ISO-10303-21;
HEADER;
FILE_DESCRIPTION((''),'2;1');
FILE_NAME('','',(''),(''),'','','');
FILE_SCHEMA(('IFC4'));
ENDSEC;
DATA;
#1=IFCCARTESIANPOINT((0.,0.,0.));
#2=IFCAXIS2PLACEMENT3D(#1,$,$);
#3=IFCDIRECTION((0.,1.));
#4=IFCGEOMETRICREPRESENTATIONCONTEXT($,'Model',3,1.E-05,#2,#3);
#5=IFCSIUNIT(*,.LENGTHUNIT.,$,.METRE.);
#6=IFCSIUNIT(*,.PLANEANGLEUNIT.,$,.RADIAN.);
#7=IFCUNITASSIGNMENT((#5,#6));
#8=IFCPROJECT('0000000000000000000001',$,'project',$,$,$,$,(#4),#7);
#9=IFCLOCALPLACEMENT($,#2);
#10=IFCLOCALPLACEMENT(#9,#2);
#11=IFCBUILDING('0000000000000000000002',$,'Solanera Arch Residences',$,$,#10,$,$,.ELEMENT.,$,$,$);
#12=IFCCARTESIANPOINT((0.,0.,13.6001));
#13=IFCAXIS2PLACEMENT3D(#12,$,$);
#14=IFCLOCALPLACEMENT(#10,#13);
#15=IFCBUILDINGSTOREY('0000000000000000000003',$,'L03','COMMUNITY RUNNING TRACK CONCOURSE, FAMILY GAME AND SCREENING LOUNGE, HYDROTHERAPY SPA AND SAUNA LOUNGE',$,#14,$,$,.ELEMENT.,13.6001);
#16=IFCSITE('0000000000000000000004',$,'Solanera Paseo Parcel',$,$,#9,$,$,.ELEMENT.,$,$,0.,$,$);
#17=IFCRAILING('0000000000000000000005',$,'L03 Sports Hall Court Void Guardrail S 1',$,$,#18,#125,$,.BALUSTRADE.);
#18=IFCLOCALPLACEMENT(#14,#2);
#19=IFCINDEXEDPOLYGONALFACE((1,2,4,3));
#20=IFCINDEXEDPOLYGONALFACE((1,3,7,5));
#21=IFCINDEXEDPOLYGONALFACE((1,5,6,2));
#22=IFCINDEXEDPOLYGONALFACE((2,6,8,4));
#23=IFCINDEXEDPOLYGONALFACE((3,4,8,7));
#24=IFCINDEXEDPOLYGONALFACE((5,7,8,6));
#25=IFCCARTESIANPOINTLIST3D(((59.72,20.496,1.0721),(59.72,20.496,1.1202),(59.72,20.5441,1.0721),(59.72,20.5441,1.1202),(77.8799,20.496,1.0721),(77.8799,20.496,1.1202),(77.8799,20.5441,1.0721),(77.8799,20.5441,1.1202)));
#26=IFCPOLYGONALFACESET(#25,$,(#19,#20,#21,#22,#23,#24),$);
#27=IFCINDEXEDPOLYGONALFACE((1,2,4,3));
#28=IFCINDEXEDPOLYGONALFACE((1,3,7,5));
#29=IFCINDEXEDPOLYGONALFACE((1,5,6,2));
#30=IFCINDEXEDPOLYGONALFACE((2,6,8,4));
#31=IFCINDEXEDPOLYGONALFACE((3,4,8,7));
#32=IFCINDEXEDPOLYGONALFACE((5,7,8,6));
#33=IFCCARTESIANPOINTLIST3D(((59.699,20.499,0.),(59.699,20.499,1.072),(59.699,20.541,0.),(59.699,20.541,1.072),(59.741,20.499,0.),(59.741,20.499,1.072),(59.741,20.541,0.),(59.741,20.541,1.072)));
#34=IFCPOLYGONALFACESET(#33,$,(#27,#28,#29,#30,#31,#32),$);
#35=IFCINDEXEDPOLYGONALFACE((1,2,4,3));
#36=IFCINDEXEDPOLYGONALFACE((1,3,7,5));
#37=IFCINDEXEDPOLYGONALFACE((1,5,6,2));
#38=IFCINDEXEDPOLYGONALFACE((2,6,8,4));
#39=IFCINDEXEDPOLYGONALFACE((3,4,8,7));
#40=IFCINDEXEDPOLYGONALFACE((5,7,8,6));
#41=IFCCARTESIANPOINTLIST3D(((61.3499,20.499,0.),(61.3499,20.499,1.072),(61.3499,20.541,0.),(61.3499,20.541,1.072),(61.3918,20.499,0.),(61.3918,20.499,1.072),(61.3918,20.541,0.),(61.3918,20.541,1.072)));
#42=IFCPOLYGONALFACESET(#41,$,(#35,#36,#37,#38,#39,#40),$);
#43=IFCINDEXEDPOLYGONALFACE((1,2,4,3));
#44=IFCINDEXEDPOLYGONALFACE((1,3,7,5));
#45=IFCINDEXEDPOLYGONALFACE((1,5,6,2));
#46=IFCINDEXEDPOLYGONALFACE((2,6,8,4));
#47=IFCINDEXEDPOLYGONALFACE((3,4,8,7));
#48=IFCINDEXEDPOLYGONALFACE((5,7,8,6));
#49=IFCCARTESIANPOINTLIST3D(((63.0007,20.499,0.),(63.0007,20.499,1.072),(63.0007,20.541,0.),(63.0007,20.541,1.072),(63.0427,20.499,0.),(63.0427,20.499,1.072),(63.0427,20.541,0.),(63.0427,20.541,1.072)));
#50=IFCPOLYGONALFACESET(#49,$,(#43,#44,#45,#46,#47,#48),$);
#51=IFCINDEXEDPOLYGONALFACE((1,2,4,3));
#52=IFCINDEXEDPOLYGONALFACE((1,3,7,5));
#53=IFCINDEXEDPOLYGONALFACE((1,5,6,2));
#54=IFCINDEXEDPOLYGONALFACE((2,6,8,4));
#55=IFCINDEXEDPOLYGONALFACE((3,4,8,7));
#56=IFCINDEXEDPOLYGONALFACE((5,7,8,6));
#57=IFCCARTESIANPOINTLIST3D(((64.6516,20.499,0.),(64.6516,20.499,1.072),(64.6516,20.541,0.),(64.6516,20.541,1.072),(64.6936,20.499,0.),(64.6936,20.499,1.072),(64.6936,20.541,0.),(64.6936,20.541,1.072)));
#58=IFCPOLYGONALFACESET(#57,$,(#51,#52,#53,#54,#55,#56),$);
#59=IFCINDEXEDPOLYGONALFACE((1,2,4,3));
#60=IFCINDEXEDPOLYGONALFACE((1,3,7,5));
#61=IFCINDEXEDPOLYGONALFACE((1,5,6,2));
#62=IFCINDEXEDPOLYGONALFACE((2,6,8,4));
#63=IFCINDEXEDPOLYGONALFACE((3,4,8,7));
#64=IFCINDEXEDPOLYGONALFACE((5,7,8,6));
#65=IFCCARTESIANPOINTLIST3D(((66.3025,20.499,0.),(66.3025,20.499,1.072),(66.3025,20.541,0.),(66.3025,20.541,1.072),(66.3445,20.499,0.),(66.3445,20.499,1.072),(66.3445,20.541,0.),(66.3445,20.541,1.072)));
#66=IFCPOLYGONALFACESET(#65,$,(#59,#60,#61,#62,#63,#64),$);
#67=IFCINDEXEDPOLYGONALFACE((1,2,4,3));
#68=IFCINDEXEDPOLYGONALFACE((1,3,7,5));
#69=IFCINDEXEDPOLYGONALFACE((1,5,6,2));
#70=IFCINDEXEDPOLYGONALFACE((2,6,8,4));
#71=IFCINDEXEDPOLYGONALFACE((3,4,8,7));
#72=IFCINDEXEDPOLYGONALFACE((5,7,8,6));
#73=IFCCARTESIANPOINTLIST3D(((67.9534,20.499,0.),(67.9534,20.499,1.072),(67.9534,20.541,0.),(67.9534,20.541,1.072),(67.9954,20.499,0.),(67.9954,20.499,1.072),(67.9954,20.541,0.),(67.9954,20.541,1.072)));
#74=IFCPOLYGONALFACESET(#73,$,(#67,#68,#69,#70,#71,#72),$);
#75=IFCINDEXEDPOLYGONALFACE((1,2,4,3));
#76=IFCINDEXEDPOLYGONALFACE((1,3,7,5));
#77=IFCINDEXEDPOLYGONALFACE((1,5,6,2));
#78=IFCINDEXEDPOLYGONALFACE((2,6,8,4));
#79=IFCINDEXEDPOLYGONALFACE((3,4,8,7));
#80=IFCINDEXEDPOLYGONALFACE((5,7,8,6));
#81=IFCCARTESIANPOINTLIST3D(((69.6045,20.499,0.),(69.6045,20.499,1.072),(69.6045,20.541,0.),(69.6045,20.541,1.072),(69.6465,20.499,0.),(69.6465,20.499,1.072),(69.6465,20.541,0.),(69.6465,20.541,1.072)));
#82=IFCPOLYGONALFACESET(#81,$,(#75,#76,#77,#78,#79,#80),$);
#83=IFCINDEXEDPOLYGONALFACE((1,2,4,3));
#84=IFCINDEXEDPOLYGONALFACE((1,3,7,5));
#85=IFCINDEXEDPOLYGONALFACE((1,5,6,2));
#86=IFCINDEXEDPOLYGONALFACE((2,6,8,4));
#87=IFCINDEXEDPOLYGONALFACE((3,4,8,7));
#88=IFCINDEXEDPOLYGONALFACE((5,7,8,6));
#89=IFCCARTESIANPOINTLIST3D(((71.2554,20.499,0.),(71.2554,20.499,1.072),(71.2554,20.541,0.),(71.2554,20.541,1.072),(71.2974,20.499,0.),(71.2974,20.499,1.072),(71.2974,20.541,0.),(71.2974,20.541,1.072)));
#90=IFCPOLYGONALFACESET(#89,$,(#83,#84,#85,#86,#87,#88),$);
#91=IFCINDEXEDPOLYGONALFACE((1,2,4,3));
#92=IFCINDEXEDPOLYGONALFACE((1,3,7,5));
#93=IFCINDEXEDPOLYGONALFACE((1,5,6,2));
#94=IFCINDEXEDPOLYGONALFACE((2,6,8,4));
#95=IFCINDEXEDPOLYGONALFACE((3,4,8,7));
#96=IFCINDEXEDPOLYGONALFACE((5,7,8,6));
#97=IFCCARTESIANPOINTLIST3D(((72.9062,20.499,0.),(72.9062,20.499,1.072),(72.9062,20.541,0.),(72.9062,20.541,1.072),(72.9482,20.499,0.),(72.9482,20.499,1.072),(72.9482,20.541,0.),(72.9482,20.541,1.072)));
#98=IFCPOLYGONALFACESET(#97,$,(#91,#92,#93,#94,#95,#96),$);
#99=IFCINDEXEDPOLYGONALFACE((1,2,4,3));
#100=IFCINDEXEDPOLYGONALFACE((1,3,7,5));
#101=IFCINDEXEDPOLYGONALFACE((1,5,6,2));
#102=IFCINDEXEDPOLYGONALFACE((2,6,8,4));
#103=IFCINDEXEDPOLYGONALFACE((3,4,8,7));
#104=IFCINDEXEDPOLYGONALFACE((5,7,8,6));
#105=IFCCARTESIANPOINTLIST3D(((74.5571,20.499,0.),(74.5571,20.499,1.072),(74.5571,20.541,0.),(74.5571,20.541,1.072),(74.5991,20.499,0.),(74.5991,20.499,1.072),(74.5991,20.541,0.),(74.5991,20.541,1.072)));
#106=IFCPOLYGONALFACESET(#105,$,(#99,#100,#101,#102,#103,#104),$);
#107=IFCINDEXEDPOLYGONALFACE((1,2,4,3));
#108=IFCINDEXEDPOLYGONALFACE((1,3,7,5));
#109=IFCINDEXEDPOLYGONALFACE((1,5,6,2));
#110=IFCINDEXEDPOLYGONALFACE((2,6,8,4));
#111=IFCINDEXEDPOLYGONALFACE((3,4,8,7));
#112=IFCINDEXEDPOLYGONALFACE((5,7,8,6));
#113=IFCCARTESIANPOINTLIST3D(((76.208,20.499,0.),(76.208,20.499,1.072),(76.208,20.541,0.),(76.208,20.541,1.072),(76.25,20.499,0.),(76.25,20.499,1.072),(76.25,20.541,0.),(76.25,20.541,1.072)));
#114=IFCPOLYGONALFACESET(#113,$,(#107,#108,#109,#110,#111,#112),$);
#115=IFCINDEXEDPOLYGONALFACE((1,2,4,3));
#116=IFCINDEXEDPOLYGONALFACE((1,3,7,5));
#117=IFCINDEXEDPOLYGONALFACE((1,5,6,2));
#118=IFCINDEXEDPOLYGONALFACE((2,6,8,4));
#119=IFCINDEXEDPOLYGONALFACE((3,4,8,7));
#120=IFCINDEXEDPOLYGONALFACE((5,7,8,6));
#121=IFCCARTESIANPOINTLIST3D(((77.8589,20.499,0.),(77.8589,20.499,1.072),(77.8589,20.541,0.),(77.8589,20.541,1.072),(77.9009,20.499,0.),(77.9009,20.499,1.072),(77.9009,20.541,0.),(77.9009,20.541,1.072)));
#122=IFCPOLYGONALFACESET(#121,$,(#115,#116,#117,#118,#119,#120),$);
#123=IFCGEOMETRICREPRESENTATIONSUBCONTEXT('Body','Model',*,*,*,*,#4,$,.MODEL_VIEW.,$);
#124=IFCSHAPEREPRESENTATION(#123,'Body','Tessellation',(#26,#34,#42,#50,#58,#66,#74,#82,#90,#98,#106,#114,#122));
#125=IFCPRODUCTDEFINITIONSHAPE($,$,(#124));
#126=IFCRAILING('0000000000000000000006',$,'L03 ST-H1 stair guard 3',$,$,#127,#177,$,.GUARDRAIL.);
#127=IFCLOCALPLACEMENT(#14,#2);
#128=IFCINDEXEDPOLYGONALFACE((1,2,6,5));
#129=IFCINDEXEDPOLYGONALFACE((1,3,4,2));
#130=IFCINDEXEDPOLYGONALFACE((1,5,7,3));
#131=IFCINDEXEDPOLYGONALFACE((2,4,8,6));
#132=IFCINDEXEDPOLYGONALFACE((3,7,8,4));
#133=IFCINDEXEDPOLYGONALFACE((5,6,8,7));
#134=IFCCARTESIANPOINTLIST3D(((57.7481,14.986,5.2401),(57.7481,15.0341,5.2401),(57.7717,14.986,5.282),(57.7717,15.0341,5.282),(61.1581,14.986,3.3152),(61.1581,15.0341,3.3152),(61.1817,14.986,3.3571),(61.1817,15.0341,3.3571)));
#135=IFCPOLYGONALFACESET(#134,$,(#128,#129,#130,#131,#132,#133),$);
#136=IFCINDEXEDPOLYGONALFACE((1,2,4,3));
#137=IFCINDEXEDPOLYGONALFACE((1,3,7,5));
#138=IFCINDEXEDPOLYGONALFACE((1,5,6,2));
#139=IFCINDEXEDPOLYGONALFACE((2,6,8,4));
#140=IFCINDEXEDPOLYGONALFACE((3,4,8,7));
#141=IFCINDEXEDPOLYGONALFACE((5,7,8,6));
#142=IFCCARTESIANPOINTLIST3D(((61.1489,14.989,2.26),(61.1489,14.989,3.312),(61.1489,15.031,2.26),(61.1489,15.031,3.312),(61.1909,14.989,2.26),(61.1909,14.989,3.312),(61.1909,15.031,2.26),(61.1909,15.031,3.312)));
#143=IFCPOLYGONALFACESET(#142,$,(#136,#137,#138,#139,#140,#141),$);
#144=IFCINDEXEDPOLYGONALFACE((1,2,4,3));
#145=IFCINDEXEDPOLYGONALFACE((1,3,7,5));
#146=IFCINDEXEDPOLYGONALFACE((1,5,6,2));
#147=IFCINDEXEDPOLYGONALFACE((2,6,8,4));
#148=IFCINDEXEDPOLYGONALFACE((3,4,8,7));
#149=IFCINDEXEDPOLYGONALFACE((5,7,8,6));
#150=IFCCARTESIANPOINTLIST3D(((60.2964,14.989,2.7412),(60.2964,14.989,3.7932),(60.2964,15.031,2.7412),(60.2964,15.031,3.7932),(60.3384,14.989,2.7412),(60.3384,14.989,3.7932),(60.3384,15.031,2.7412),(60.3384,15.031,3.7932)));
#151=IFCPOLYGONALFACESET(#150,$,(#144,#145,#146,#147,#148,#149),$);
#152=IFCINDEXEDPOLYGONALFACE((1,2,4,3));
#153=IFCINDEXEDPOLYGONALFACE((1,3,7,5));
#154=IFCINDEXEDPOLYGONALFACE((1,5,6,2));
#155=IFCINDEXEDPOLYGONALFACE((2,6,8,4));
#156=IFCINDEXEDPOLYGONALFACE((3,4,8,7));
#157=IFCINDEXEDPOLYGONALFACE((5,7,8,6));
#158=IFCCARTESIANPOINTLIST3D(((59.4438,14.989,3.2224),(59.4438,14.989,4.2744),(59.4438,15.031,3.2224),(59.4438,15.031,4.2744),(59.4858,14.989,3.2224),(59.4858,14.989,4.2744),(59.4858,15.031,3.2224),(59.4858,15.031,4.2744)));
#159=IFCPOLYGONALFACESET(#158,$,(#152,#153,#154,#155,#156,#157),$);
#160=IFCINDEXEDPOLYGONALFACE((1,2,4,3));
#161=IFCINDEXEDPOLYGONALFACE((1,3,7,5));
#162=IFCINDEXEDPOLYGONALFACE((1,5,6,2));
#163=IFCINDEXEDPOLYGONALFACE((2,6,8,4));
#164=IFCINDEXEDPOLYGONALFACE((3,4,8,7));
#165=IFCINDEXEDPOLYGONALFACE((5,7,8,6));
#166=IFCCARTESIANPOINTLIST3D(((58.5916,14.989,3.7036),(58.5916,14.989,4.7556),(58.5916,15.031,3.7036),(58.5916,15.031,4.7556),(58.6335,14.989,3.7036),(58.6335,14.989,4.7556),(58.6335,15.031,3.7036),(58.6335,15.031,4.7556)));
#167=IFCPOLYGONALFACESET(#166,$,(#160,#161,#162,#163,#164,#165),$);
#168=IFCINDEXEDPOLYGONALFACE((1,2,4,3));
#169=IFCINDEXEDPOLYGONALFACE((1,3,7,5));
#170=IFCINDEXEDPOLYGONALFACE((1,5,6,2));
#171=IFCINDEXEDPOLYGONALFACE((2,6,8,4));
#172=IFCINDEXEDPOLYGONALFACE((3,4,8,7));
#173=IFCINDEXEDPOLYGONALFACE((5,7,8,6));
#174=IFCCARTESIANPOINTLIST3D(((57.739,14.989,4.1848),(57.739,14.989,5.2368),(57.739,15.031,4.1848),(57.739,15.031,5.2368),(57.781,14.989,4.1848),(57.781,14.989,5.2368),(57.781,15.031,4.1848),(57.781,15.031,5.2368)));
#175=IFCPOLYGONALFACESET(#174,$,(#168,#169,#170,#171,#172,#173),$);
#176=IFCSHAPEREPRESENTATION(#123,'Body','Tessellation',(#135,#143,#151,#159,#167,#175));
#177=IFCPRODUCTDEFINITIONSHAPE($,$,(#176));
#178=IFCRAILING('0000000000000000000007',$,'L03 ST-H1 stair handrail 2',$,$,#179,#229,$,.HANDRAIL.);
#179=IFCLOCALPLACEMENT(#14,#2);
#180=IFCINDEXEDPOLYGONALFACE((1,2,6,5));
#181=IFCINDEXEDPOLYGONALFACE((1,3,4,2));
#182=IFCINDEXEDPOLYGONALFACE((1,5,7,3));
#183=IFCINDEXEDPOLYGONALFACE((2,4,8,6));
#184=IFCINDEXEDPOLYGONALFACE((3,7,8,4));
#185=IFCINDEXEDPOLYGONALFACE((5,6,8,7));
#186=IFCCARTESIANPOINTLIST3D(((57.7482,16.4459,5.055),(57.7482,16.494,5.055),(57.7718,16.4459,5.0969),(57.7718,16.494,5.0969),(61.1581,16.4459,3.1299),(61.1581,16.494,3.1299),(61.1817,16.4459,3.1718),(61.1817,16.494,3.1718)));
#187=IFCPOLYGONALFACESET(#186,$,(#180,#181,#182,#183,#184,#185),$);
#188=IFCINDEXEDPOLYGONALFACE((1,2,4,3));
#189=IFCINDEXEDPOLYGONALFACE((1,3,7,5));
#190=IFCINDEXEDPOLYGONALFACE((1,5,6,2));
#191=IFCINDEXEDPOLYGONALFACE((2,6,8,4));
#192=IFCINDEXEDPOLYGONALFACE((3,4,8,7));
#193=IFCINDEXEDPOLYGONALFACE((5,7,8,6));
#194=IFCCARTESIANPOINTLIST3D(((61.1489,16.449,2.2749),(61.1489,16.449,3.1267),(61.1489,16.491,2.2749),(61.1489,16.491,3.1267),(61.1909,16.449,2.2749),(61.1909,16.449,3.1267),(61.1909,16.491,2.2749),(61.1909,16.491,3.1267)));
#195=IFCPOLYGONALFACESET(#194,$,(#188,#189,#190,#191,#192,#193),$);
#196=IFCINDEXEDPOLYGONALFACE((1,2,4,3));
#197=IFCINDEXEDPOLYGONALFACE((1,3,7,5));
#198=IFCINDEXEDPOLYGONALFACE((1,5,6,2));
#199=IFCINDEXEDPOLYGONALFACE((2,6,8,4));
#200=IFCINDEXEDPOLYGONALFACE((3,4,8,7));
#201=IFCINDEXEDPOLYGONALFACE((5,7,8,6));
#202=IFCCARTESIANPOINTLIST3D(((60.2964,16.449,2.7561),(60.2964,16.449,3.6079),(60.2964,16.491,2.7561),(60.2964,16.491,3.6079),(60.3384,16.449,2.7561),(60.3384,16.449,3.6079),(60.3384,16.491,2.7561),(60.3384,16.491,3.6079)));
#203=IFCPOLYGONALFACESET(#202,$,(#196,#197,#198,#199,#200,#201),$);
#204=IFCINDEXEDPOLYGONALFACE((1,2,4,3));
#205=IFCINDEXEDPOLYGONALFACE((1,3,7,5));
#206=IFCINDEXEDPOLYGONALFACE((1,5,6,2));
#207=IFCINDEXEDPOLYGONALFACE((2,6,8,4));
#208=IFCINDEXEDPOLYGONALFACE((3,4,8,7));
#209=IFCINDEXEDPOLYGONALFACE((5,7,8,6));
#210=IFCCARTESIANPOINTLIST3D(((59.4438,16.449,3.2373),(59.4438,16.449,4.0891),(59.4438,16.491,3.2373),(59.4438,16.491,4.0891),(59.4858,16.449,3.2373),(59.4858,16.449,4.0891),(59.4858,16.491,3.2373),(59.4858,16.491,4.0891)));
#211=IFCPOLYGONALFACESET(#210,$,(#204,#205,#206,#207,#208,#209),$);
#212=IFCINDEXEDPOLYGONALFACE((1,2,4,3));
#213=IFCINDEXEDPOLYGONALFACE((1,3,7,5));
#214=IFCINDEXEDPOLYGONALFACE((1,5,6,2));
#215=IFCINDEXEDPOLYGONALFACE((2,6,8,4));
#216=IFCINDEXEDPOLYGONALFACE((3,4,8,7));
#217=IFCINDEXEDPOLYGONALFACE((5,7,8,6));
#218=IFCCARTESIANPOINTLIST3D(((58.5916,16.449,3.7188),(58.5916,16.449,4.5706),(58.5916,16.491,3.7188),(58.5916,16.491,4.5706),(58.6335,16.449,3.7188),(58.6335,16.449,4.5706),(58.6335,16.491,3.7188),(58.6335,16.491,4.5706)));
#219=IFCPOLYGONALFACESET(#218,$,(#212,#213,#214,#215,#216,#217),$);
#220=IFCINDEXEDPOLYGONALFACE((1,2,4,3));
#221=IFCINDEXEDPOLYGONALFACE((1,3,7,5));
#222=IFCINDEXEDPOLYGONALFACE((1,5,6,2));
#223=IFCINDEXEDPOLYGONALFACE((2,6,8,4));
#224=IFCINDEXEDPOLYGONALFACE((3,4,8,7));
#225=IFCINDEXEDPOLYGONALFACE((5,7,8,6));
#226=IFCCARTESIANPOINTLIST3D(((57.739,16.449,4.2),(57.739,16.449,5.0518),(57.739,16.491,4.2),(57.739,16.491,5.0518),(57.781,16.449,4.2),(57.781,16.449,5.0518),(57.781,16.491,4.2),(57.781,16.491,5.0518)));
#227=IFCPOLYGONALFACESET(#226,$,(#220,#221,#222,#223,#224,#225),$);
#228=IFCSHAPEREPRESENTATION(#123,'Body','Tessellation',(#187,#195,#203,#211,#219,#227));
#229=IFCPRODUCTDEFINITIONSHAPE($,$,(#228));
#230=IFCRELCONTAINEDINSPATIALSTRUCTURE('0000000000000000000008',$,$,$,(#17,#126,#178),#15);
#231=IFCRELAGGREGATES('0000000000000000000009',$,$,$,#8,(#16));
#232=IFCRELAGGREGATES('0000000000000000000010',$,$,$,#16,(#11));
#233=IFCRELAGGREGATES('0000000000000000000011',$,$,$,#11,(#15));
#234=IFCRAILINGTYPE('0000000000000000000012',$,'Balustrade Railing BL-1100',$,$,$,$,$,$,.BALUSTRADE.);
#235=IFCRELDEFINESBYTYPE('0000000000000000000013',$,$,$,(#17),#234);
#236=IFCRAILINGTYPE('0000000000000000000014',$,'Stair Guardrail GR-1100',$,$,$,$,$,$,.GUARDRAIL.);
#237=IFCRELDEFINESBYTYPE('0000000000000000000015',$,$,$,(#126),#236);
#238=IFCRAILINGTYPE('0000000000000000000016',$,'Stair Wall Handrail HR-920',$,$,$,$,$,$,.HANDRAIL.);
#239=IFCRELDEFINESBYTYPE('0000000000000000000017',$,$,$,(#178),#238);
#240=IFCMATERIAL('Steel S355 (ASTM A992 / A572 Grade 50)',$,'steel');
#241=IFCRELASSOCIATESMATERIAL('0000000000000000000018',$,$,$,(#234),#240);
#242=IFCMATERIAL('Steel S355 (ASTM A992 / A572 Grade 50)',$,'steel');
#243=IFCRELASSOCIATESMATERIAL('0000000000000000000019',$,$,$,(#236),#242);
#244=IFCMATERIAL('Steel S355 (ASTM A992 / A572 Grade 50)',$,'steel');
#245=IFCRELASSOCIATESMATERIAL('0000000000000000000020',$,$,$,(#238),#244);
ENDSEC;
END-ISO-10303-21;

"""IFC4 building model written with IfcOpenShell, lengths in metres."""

from ifc_helpers import new_model, si_unit, direction, frame, origin, origin_2d, place, context, subcontext, project, spatial, rectangle, extrude, material, type_object, element, save


model = new_model("IFC4")

# Units and contexts
model_context = context("Model", 3, precision=1e-05, world=origin(), true_north=direction((0.0, 1.0)))
body_context = subcontext(model_context, "Body", "Model", "MODEL_VIEW")
ifc_project = project(units=[si_unit("LENGTHUNIT", "METRE"), si_unit("PLANEANGLEUNIT", "RADIAN")], contexts=[model_context])

# Site, building, storey
site_placement = place(None, origin())
site = spatial("IfcSite", under=ifc_project, at=site_placement, Name="Solanera Paseo Parcel", CompositionType="ELEMENT", RefElevation=0.0)
building_placement = place(site_placement, origin())
building = spatial("IfcBuilding", under=site, at=building_placement, Name="Solanera Arch Residences", CompositionType="ELEMENT")
storey_placement = place(building_placement, frame((0.0, 0.0, 13.6001)))
storey = spatial("IfcBuildingStorey", under=building, at=storey_placement, Name="L03", Description="COMMUNITY RUNNING TRACK CONCOURSE, FAMILY GAME AND SCREENING LOUNGE, HYDROTHERAPY SPA AND SAUNA LOUNGE", CompositionType="ELEMENT", Elevation=13.6001)

# Railings
ifc_material_1 = material(Name="Steel S355 (ASTM A992 / A572 Grade 50)", Category="steel")
railing_type_1 = type_object("IfcRailingType", Name="Balustrade Railing BL-1100", PredefinedType="BALUSTRADE", material=ifc_material_1)
railing_1_placement = place(storey_placement, frame((59.72, 20.52, 0.0)))
element("IfcRailing", 1, at=railing_1_placement, inside=storey, type_object=railing_type_1, Name="L03 Sports Hall Court Void Guardrail S 1", PredefinedType="BALUSTRADE", context=body_context, shape_type="SweptSolid", body=[
    extrude(rectangle(XDim=0.0481, YDim=0.0481, at=origin_2d()), frame((0.0, 0.0, 1.0962), z_axis=(1.0, 0.0, 0.0), x_axis=(0.0, 1.0, 0.0)), (0.0, 0.0, 1.0), 18.1599),
    extrude(rectangle(XDim=0.042, YDim=0.042, at=origin_2d()), origin(), (0.0, 0.0, 1.0), 1.072),
    extrude(rectangle(XDim=0.042, YDim=0.042, at=origin_2d()), frame((1.6509, 0.0, 0.0)), (0.0, 0.0, 1.0), 1.072),
    extrude(rectangle(XDim=0.042, YDim=0.042, at=origin_2d()), frame((3.3018, 0.0, 0.0)), (0.0, 0.0, 1.0), 1.072),
    extrude(rectangle(XDim=0.042, YDim=0.042, at=origin_2d()), frame((4.9526, 0.0, 0.0)), (0.0, 0.0, 1.0), 1.072),
    extrude(rectangle(XDim=0.042, YDim=0.042, at=origin_2d()), frame((6.6035, 0.0, 0.0)), (0.0, 0.0, 1.0), 1.072),
    extrude(rectangle(XDim=0.042, YDim=0.042, at=origin_2d()), frame((8.2544, 0.0, 0.0)), (0.0, 0.0, 1.0), 1.072),
    extrude(rectangle(XDim=0.042, YDim=0.042, at=origin_2d()), frame((9.9055, 0.0, 0.0)), (0.0, 0.0, 1.0), 1.072),
    extrude(rectangle(XDim=0.042, YDim=0.042, at=origin_2d()), frame((11.5564, 0.0, 0.0)), (0.0, 0.0, 1.0), 1.072),
    extrude(rectangle(XDim=0.042, YDim=0.042, at=origin_2d()), frame((13.2073, 0.0, 0.0)), (0.0, 0.0, 1.0), 1.072),
    extrude(rectangle(XDim=0.042, YDim=0.042, at=origin_2d()), frame((14.8582, 0.0, 0.0)), (0.0, 0.0, 1.0), 1.072),
    extrude(rectangle(XDim=0.042, YDim=0.042, at=origin_2d()), frame((16.509, 0.0, 0.0)), (0.0, 0.0, 1.0), 1.072),
    extrude(rectangle(XDim=0.042, YDim=0.042, at=origin_2d()), frame((18.1599, 0.0, 0.0)), (0.0, 0.0, 1.0), 1.072),
])
ifc_material_2 = material(Name="Steel S355 (ASTM A992 / A572 Grade 50)", Category="steel")
railing_type_2 = type_object("IfcRailingType", Name="Stair Guardrail GR-1100", PredefinedType="GUARDRAIL", material=ifc_material_2)
railing_2_placement = place(storey_placement, frame((61.1699, 15.01, 2.26)))
element("IfcRailing", 2, at=railing_2_placement, inside=storey, type_object=railing_type_2, Name="L03 ST-H1 stair guard 3", PredefinedType="GUARDRAIL", context=body_context, shape_type="SweptSolid", body=[
    extrude(rectangle(XDim=0.0481, YDim=0.0481, at=origin_2d()), frame((0.0, 0.0, 1.0762), z_axis=(-0.87084, 0.0, 0.491566), x_axis=(0.0, -1.0, 0.0)), (0.0, 0.0, 1.0), 3.9158),
    extrude(rectangle(XDim=0.042, YDim=0.042, at=origin_2d()), origin(), (0.0, 0.0, 1.0), 1.052),
    extrude(rectangle(XDim=0.042, YDim=0.042, at=origin_2d()), frame((-0.8525, 0.0, 0.4812)), (0.0, 0.0, 1.0), 1.052),
    extrude(rectangle(XDim=0.042, YDim=0.042, at=origin_2d()), frame((-1.7051, 0.0, 0.9624)), (0.0, 0.0, 1.0), 1.052),
    extrude(rectangle(XDim=0.042, YDim=0.042, at=origin_2d()), frame((-2.5574, 0.0, 1.4436)), (0.0, 0.0, 1.0), 1.052),
    extrude(rectangle(XDim=0.042, YDim=0.042, at=origin_2d()), frame((-3.4099, 0.0, 1.9248)), (0.0, 0.0, 1.0), 1.052),
])
ifc_material_3 = material(Name="Steel S355 (ASTM A992 / A572 Grade 50)", Category="steel")
railing_type_3 = type_object("IfcRailingType", Name="Stair Wall Handrail HR-920", PredefinedType="HANDRAIL", material=ifc_material_3)
railing_3_placement = place(storey_placement, frame((61.1699, 16.47, 2.2749)))
element("IfcRailing", 3, at=railing_3_placement, inside=storey, type_object=railing_type_3, Name="L03 ST-H1 stair handrail 2", PredefinedType="HANDRAIL", context=body_context, shape_type="SweptSolid", body=[
    extrude(rectangle(XDim=0.0481, YDim=0.0481, at=origin_2d()), frame((0.0, 0.0, 0.876), z_axis=(-0.870814, 0.0, 0.491613), x_axis=(0.0, -1.0, 0.0)), (0.0, 0.0, 1.0), 3.9158),
    extrude(rectangle(XDim=0.042, YDim=0.042, at=origin_2d()), origin(), (0.0, 0.0, 1.0), 0.8518),
    extrude(rectangle(XDim=0.042, YDim=0.042, at=origin_2d()), frame((-0.8525, 0.0, 0.4812)), (0.0, 0.0, 1.0), 0.8518),
    extrude(rectangle(XDim=0.042, YDim=0.042, at=origin_2d()), frame((-1.7051, 0.0, 0.9624)), (0.0, 0.0, 1.0), 0.8518),
    extrude(rectangle(XDim=0.042, YDim=0.042, at=origin_2d()), frame((-2.5574, 0.0, 1.4438)), (0.0, 0.0, 1.0), 0.8518),
    extrude(rectangle(XDim=0.042, YDim=0.042, at=origin_2d()), frame((-3.4099, 0.0, 1.925)), (0.0, 0.0, 1.0), 0.8518),
])

save(model, "model.ifc")
